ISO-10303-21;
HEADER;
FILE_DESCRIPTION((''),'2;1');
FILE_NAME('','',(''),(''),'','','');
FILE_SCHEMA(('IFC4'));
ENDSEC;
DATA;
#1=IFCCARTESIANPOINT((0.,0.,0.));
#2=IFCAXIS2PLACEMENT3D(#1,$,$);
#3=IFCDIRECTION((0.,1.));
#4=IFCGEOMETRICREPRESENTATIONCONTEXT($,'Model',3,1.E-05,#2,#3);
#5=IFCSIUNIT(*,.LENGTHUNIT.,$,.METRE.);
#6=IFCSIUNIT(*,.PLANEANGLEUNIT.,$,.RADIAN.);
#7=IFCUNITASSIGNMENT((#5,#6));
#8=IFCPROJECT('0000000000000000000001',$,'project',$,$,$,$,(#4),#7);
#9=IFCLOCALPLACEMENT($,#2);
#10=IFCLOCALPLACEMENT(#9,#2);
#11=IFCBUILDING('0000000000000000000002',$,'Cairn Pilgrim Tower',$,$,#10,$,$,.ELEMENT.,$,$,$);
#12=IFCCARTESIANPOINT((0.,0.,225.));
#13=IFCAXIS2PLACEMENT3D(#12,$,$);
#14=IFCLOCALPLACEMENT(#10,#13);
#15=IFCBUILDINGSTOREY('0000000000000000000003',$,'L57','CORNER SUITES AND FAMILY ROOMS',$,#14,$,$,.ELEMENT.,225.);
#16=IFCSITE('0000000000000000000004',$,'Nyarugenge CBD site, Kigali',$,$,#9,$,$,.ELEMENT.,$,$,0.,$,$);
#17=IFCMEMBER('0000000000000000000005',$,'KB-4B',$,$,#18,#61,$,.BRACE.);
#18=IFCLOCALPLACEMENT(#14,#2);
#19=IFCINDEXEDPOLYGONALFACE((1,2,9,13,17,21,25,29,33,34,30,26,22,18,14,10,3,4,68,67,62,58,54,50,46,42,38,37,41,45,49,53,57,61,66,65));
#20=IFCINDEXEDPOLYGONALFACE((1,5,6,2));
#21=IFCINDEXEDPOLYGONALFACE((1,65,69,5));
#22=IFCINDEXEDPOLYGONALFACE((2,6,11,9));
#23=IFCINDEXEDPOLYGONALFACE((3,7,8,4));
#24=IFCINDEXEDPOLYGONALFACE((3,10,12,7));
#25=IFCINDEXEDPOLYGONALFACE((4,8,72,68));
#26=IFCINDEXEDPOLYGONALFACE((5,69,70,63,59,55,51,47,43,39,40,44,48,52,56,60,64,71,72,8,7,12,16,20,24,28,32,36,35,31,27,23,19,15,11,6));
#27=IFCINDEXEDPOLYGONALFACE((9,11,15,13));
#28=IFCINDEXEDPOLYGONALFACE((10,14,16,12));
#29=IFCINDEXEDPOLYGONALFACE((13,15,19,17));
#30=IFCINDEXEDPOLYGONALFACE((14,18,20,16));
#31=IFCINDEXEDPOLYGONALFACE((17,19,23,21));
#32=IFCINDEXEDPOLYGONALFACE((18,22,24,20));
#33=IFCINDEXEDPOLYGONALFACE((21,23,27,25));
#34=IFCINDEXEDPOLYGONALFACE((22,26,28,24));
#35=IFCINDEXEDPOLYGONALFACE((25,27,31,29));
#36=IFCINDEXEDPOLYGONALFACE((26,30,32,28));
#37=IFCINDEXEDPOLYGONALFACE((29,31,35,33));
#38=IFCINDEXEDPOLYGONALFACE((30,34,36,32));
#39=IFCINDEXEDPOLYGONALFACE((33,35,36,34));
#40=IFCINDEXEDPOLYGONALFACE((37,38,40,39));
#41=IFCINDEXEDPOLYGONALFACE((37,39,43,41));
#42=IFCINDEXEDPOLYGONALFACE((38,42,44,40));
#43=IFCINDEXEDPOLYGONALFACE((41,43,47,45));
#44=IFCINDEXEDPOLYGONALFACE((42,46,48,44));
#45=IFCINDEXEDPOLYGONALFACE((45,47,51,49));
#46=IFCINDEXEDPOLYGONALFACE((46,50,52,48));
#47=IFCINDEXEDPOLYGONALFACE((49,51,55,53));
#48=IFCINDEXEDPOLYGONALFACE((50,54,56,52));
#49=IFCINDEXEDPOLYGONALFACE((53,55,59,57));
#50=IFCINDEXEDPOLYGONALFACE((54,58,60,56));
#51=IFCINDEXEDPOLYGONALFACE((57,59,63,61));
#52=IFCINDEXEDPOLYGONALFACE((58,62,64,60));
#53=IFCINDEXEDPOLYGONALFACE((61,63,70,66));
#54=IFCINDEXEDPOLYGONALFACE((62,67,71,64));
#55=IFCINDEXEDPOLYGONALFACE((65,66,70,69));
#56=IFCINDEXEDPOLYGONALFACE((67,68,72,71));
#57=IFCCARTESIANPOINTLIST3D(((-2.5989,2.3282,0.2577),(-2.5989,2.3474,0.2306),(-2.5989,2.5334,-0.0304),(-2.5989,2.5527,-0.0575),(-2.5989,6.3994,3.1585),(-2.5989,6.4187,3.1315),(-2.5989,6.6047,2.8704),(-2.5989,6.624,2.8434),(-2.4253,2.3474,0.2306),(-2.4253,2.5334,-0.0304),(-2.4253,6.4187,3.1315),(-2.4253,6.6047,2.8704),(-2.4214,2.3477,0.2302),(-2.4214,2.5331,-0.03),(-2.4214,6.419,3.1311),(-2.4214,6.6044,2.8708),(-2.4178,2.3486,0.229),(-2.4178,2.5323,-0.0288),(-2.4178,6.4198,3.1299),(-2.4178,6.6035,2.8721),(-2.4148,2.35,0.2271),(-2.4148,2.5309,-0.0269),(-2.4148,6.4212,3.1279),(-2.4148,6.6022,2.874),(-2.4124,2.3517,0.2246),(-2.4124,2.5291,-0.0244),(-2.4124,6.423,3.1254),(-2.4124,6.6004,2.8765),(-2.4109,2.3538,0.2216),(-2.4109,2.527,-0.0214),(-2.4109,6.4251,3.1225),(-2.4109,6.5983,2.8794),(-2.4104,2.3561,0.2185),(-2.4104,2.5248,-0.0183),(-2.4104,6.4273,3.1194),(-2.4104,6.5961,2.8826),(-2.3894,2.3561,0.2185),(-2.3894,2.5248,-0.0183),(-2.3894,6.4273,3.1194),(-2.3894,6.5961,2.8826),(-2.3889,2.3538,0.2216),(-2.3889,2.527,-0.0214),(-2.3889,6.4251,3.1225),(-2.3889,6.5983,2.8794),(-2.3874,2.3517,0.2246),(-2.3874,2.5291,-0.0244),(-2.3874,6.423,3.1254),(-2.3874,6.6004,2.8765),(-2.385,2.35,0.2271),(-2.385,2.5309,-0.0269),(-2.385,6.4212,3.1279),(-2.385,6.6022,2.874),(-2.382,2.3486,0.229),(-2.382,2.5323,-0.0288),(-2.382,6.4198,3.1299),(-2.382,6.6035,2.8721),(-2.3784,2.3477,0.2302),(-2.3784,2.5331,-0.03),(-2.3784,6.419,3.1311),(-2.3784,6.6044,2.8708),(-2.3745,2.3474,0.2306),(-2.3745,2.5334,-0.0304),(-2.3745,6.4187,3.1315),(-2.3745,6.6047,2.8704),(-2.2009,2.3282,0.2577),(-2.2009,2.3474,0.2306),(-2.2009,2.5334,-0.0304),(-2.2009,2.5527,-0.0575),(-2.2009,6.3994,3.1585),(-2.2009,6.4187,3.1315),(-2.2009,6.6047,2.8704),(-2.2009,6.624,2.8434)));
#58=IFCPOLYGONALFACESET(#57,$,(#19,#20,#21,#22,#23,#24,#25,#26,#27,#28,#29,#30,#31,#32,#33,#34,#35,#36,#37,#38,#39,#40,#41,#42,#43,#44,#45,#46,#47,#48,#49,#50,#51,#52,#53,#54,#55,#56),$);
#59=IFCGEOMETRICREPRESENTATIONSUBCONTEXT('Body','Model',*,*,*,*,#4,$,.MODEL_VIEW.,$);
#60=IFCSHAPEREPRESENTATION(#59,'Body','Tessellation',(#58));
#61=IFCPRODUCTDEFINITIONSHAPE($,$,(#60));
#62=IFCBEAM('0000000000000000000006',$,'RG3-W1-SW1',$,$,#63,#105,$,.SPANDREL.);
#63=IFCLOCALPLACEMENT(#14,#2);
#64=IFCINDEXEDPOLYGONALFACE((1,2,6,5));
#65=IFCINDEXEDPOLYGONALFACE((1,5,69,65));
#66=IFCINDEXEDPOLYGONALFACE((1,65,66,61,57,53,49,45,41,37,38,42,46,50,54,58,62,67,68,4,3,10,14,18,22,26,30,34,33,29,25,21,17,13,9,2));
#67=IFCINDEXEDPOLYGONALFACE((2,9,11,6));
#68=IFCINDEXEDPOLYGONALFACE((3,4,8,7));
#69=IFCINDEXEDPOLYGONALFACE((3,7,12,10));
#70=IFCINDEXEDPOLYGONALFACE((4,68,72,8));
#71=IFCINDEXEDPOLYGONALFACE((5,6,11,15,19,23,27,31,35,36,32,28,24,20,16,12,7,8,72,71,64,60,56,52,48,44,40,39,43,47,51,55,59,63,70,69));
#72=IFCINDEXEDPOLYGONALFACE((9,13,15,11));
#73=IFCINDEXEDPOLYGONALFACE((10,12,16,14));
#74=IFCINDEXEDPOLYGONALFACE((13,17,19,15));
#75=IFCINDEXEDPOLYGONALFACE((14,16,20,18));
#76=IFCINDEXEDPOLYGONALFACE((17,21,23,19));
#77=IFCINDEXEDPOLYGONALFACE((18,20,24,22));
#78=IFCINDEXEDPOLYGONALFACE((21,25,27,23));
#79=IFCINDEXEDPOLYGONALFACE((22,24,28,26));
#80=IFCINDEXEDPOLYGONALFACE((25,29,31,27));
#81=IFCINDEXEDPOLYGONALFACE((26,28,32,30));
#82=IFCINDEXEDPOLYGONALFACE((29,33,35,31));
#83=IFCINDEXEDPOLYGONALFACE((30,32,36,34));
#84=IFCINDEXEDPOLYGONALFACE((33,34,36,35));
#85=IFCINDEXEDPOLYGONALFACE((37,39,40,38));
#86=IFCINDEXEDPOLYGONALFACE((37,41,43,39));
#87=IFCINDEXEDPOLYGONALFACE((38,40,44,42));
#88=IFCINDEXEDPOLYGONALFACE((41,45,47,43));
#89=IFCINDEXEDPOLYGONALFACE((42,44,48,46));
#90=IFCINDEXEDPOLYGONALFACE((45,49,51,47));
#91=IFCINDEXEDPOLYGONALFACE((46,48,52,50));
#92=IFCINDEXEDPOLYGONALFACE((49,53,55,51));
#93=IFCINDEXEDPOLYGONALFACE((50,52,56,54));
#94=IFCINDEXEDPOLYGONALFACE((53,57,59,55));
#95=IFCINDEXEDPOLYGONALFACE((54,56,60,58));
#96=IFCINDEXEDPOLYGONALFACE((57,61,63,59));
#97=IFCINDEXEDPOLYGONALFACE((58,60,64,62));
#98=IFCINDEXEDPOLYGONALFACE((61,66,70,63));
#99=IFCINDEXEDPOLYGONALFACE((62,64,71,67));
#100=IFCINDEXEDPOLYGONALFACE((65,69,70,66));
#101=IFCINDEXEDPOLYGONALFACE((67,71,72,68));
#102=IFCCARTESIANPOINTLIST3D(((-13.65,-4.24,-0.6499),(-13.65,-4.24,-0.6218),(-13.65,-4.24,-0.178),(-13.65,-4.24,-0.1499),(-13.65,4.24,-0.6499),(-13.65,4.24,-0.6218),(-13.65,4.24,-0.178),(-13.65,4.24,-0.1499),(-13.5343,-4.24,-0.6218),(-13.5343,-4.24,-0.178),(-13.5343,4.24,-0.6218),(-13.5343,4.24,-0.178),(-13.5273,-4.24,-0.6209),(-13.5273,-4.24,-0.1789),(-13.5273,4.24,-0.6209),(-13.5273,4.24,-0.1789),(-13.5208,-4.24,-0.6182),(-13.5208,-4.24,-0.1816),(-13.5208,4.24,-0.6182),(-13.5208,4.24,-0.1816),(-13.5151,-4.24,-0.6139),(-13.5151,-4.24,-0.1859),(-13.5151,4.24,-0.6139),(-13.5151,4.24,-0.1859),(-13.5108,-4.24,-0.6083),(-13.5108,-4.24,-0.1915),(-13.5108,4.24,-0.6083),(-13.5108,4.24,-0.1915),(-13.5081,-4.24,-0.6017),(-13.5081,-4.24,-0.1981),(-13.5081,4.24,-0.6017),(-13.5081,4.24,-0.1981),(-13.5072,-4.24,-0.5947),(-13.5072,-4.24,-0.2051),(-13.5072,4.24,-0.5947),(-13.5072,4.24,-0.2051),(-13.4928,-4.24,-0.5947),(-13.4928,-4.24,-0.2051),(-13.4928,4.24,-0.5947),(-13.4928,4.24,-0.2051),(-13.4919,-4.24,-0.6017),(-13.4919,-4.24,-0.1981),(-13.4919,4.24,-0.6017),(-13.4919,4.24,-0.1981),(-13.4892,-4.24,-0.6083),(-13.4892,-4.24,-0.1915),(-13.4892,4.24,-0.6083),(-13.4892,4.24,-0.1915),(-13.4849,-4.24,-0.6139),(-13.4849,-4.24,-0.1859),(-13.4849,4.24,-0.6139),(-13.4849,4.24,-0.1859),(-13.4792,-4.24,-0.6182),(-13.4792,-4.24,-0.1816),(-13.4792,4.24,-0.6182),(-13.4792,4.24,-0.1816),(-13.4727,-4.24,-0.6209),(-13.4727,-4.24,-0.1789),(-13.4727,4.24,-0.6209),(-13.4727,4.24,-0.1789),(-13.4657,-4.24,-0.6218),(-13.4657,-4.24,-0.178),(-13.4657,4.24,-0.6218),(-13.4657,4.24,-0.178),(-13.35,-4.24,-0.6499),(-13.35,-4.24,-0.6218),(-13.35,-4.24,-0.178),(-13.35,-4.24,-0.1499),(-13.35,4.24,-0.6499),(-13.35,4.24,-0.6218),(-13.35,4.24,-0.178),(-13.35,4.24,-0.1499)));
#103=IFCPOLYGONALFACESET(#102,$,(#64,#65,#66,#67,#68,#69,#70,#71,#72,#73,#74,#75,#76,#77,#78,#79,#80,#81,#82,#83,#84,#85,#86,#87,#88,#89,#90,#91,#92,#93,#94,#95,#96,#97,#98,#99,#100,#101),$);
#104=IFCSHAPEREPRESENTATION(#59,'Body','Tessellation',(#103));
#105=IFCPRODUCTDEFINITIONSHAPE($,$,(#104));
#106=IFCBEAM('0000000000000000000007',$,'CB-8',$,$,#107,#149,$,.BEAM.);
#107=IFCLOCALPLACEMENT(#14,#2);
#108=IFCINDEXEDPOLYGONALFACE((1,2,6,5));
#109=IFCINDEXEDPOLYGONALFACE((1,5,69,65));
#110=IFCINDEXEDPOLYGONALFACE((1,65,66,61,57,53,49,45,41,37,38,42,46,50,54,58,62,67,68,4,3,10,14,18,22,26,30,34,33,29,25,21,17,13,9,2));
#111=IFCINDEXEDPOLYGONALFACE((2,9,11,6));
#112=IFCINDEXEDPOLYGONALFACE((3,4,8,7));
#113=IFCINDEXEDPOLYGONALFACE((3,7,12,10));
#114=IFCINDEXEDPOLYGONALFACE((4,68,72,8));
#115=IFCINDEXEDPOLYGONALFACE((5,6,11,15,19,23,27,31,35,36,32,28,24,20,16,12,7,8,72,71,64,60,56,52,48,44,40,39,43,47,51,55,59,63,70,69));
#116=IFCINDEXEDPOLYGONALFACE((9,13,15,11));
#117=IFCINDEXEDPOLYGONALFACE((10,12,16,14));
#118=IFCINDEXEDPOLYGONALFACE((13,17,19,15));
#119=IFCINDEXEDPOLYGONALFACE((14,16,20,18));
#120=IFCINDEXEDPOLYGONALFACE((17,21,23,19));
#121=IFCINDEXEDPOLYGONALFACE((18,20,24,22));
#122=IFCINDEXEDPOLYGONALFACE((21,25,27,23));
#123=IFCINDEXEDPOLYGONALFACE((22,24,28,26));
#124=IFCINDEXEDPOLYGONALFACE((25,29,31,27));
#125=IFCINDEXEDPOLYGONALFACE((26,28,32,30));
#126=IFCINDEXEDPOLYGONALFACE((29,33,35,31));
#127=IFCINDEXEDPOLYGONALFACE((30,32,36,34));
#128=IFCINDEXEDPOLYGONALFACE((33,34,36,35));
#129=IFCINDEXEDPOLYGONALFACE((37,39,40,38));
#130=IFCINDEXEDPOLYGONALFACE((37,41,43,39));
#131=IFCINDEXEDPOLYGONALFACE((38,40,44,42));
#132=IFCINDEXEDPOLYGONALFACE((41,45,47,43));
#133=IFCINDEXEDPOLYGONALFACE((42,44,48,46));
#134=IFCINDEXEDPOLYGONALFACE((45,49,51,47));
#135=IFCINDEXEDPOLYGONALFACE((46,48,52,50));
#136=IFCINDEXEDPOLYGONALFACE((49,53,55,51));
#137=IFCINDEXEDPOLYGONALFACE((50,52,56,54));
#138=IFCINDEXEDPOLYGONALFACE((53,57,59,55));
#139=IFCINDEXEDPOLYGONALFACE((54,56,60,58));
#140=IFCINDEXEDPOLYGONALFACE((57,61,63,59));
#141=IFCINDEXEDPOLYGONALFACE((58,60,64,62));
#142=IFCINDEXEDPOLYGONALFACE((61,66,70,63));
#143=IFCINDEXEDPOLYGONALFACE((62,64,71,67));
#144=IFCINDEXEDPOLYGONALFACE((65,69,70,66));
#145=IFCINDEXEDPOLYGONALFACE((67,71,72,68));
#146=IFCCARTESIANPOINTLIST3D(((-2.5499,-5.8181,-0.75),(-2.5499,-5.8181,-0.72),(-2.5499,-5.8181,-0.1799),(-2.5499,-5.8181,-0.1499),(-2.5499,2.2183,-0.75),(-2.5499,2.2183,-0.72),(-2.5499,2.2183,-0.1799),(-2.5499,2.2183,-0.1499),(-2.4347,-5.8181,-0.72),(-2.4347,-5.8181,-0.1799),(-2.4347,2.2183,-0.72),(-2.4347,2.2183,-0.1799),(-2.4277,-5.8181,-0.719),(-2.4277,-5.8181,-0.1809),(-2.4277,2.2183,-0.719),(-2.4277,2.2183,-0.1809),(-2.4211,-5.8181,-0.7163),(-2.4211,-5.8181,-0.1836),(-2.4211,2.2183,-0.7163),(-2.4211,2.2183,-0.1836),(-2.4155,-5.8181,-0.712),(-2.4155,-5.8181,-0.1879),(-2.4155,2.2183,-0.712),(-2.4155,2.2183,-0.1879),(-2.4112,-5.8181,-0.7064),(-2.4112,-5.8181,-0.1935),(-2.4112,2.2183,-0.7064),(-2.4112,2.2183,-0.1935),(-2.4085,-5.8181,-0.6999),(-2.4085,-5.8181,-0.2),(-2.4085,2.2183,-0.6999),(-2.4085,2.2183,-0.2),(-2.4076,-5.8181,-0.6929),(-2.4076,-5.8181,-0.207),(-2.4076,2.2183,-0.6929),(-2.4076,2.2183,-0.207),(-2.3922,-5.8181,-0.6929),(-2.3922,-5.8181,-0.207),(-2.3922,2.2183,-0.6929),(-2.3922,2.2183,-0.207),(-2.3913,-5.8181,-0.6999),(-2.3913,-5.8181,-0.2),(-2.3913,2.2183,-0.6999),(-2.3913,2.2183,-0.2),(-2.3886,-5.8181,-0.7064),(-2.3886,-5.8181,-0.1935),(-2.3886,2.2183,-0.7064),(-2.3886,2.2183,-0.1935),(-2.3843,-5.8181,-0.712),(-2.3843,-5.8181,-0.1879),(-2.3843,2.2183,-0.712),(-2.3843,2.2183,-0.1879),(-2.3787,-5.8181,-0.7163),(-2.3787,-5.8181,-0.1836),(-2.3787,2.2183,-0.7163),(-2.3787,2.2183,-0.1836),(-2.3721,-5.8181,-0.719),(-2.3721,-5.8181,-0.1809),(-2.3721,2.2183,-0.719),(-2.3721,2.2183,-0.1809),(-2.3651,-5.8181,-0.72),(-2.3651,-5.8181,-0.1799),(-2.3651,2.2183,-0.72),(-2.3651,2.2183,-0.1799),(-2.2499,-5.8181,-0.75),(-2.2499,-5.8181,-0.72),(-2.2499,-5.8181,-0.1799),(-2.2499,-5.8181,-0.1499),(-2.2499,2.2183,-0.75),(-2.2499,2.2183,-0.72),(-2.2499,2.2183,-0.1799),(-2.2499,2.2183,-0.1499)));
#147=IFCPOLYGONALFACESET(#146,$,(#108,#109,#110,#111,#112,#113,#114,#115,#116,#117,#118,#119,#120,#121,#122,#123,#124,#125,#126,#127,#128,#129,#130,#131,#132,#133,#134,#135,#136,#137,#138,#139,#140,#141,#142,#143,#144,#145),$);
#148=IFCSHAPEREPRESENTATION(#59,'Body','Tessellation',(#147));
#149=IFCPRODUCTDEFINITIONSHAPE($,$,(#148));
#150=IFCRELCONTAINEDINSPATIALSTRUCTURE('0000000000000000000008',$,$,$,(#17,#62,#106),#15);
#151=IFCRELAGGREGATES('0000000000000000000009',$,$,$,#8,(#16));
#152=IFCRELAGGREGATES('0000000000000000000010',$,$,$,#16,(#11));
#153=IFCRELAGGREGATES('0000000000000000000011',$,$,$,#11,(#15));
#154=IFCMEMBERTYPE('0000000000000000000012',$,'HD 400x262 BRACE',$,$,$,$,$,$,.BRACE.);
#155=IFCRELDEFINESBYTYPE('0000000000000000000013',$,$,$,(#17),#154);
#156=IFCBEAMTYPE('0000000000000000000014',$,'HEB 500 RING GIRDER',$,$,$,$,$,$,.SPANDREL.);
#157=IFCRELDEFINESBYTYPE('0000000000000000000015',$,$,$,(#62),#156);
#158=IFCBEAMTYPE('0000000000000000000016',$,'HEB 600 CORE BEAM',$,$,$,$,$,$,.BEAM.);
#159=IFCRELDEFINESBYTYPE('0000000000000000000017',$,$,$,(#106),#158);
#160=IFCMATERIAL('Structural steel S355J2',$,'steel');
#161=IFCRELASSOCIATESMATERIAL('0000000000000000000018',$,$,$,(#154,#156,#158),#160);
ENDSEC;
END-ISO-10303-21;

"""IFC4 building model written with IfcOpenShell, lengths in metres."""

from ifc_helpers import new_model, si_unit, direction, frame, origin, origin_2d, place, context, subcontext, project, spatial, i_section, extrude, material, material_profile, profile_set, type_object, element, save


model = new_model("IFC4")

# Units and contexts
model_context = context("Model", 3, precision=1e-05, world=origin(), true_north=direction((0.0, 1.0)))
body_context = subcontext(model_context, "Body", "Model", "MODEL_VIEW")
ifc_project = project(units=[si_unit("LENGTHUNIT", "METRE"), si_unit("PLANEANGLEUNIT", "RADIAN")], contexts=[model_context])

# Site, building, storey
site_placement = place(None, origin())
site = spatial("IfcSite", under=ifc_project, at=site_placement, Name="Nyarugenge CBD site, Kigali", CompositionType="ELEMENT", RefElevation=0.0)
building_placement = place(site_placement, origin())
building = spatial("IfcBuilding", under=site, at=building_placement, Name="Cairn Pilgrim Tower", CompositionType="ELEMENT")
storey_placement = place(building_placement, frame((0.0, 0.0, 225.0)))
storey = spatial("IfcBuildingStorey", under=building, at=storey_placement, Name="L57", Description="CORNER SUITES AND FAMILY ROOMS", CompositionType="ELEMENT", Elevation=225.0)

# Shared definitions
ifc_material_1 = material(Name="Structural steel S355J2", Category="steel")

# Member
ifc_material_profile_1 = material_profile(ifc_material_1, i_section(OverallWidth=0.3979, OverallDepth=0.387, WebThickness=0.021, FlangeThickness=0.0332, FilletRadius=0.0149, at=origin_2d()), Name="HD 400x262")
ifc_profile_set_1 = profile_set([ifc_material_profile_1], Name="Structural steel S355J2")
member_type_1 = type_object("IfcMemberType", Name="HD 400x262 BRACE", PredefinedType="BRACE", material=ifc_profile_set_1)
member_1_placement = place(storey_placement, frame((-2.3999, 2.4404, 0.1001), z_axis=(0.0, 0.814413, 0.580286), x_axis=(-1.0, 0.0, 0.0)))
element("IfcMember", 1, at=member_1_placement, inside=storey, type_object=member_type_1, Name="KB-4B", PredefinedType="BRACE", context=body_context, shape_type="SweptSolid", body=[
    extrude(i_section(OverallWidth=0.3979, OverallDepth=0.387, WebThickness=0.021, FlangeThickness=0.0332, FilletRadius=0.0149, at=origin_2d()), origin(), (0.0, 0.0, 1.0), 4.999),
])

# Beams
ifc_material_profile_2 = material_profile(ifc_material_1, i_section(OverallWidth=0.3, OverallDepth=0.5, WebThickness=0.0144, FlangeThickness=0.0281, FilletRadius=0.0271, at=origin_2d()), Name="HEB 500")
ifc_profile_set_2 = profile_set([ifc_material_profile_2], Name="Structural steel S355J2")
beam_type_1 = type_object("IfcBeamType", Name="HEB 500 RING GIRDER", PredefinedType="SPANDREL", material=ifc_profile_set_2)
beam_1_placement = place(storey_placement, frame((-13.5, 4.24, -0.3999), z_axis=(0.0, -1.0, 0.0), x_axis=(1.0, 0.0, 0.0)))
element("IfcBeam", 2, at=beam_1_placement, inside=storey, type_object=beam_type_1, Name="RG3-W1-SW1", PredefinedType="SPANDREL", context=body_context, shape_type="SweptSolid", body=[
    extrude(i_section(OverallWidth=0.3, OverallDepth=0.5, WebThickness=0.0144, FlangeThickness=0.0281, FilletRadius=0.0271, at=origin_2d()), origin(), (0.0, 0.0, 1.0), 8.48),
])
ifc_material_profile_3 = material_profile(ifc_material_1, i_section(OverallWidth=0.3, OverallDepth=0.6001, WebThickness=0.0154, FlangeThickness=0.03, FilletRadius=0.0271, at=origin_2d()), Name="HEB 600")
ifc_profile_set_3 = profile_set([ifc_material_profile_3], Name="Structural steel S355J2")
beam_type_2 = type_object("IfcBeamType", Name="HEB 600 CORE BEAM", PredefinedType="BEAM", material=ifc_profile_set_3)
beam_2_placement = place(storey_placement, frame((-2.3999, 2.2183, -0.45), z_axis=(0.0, -1.0, 0.0), x_axis=(1.0, 0.0, 0.0)))
element("IfcBeam", 3, at=beam_2_placement, inside=storey, type_object=beam_type_2, Name="CB-8", PredefinedType="BEAM", context=body_context, shape_type="SweptSolid", body=[
    extrude(i_section(OverallWidth=0.3, OverallDepth=0.6001, WebThickness=0.0154, FlangeThickness=0.03, FilletRadius=0.0271, at=origin_2d()), origin(), (0.0, 0.0, 1.0), 8.0364),
])

save(model, "model.ifc")
